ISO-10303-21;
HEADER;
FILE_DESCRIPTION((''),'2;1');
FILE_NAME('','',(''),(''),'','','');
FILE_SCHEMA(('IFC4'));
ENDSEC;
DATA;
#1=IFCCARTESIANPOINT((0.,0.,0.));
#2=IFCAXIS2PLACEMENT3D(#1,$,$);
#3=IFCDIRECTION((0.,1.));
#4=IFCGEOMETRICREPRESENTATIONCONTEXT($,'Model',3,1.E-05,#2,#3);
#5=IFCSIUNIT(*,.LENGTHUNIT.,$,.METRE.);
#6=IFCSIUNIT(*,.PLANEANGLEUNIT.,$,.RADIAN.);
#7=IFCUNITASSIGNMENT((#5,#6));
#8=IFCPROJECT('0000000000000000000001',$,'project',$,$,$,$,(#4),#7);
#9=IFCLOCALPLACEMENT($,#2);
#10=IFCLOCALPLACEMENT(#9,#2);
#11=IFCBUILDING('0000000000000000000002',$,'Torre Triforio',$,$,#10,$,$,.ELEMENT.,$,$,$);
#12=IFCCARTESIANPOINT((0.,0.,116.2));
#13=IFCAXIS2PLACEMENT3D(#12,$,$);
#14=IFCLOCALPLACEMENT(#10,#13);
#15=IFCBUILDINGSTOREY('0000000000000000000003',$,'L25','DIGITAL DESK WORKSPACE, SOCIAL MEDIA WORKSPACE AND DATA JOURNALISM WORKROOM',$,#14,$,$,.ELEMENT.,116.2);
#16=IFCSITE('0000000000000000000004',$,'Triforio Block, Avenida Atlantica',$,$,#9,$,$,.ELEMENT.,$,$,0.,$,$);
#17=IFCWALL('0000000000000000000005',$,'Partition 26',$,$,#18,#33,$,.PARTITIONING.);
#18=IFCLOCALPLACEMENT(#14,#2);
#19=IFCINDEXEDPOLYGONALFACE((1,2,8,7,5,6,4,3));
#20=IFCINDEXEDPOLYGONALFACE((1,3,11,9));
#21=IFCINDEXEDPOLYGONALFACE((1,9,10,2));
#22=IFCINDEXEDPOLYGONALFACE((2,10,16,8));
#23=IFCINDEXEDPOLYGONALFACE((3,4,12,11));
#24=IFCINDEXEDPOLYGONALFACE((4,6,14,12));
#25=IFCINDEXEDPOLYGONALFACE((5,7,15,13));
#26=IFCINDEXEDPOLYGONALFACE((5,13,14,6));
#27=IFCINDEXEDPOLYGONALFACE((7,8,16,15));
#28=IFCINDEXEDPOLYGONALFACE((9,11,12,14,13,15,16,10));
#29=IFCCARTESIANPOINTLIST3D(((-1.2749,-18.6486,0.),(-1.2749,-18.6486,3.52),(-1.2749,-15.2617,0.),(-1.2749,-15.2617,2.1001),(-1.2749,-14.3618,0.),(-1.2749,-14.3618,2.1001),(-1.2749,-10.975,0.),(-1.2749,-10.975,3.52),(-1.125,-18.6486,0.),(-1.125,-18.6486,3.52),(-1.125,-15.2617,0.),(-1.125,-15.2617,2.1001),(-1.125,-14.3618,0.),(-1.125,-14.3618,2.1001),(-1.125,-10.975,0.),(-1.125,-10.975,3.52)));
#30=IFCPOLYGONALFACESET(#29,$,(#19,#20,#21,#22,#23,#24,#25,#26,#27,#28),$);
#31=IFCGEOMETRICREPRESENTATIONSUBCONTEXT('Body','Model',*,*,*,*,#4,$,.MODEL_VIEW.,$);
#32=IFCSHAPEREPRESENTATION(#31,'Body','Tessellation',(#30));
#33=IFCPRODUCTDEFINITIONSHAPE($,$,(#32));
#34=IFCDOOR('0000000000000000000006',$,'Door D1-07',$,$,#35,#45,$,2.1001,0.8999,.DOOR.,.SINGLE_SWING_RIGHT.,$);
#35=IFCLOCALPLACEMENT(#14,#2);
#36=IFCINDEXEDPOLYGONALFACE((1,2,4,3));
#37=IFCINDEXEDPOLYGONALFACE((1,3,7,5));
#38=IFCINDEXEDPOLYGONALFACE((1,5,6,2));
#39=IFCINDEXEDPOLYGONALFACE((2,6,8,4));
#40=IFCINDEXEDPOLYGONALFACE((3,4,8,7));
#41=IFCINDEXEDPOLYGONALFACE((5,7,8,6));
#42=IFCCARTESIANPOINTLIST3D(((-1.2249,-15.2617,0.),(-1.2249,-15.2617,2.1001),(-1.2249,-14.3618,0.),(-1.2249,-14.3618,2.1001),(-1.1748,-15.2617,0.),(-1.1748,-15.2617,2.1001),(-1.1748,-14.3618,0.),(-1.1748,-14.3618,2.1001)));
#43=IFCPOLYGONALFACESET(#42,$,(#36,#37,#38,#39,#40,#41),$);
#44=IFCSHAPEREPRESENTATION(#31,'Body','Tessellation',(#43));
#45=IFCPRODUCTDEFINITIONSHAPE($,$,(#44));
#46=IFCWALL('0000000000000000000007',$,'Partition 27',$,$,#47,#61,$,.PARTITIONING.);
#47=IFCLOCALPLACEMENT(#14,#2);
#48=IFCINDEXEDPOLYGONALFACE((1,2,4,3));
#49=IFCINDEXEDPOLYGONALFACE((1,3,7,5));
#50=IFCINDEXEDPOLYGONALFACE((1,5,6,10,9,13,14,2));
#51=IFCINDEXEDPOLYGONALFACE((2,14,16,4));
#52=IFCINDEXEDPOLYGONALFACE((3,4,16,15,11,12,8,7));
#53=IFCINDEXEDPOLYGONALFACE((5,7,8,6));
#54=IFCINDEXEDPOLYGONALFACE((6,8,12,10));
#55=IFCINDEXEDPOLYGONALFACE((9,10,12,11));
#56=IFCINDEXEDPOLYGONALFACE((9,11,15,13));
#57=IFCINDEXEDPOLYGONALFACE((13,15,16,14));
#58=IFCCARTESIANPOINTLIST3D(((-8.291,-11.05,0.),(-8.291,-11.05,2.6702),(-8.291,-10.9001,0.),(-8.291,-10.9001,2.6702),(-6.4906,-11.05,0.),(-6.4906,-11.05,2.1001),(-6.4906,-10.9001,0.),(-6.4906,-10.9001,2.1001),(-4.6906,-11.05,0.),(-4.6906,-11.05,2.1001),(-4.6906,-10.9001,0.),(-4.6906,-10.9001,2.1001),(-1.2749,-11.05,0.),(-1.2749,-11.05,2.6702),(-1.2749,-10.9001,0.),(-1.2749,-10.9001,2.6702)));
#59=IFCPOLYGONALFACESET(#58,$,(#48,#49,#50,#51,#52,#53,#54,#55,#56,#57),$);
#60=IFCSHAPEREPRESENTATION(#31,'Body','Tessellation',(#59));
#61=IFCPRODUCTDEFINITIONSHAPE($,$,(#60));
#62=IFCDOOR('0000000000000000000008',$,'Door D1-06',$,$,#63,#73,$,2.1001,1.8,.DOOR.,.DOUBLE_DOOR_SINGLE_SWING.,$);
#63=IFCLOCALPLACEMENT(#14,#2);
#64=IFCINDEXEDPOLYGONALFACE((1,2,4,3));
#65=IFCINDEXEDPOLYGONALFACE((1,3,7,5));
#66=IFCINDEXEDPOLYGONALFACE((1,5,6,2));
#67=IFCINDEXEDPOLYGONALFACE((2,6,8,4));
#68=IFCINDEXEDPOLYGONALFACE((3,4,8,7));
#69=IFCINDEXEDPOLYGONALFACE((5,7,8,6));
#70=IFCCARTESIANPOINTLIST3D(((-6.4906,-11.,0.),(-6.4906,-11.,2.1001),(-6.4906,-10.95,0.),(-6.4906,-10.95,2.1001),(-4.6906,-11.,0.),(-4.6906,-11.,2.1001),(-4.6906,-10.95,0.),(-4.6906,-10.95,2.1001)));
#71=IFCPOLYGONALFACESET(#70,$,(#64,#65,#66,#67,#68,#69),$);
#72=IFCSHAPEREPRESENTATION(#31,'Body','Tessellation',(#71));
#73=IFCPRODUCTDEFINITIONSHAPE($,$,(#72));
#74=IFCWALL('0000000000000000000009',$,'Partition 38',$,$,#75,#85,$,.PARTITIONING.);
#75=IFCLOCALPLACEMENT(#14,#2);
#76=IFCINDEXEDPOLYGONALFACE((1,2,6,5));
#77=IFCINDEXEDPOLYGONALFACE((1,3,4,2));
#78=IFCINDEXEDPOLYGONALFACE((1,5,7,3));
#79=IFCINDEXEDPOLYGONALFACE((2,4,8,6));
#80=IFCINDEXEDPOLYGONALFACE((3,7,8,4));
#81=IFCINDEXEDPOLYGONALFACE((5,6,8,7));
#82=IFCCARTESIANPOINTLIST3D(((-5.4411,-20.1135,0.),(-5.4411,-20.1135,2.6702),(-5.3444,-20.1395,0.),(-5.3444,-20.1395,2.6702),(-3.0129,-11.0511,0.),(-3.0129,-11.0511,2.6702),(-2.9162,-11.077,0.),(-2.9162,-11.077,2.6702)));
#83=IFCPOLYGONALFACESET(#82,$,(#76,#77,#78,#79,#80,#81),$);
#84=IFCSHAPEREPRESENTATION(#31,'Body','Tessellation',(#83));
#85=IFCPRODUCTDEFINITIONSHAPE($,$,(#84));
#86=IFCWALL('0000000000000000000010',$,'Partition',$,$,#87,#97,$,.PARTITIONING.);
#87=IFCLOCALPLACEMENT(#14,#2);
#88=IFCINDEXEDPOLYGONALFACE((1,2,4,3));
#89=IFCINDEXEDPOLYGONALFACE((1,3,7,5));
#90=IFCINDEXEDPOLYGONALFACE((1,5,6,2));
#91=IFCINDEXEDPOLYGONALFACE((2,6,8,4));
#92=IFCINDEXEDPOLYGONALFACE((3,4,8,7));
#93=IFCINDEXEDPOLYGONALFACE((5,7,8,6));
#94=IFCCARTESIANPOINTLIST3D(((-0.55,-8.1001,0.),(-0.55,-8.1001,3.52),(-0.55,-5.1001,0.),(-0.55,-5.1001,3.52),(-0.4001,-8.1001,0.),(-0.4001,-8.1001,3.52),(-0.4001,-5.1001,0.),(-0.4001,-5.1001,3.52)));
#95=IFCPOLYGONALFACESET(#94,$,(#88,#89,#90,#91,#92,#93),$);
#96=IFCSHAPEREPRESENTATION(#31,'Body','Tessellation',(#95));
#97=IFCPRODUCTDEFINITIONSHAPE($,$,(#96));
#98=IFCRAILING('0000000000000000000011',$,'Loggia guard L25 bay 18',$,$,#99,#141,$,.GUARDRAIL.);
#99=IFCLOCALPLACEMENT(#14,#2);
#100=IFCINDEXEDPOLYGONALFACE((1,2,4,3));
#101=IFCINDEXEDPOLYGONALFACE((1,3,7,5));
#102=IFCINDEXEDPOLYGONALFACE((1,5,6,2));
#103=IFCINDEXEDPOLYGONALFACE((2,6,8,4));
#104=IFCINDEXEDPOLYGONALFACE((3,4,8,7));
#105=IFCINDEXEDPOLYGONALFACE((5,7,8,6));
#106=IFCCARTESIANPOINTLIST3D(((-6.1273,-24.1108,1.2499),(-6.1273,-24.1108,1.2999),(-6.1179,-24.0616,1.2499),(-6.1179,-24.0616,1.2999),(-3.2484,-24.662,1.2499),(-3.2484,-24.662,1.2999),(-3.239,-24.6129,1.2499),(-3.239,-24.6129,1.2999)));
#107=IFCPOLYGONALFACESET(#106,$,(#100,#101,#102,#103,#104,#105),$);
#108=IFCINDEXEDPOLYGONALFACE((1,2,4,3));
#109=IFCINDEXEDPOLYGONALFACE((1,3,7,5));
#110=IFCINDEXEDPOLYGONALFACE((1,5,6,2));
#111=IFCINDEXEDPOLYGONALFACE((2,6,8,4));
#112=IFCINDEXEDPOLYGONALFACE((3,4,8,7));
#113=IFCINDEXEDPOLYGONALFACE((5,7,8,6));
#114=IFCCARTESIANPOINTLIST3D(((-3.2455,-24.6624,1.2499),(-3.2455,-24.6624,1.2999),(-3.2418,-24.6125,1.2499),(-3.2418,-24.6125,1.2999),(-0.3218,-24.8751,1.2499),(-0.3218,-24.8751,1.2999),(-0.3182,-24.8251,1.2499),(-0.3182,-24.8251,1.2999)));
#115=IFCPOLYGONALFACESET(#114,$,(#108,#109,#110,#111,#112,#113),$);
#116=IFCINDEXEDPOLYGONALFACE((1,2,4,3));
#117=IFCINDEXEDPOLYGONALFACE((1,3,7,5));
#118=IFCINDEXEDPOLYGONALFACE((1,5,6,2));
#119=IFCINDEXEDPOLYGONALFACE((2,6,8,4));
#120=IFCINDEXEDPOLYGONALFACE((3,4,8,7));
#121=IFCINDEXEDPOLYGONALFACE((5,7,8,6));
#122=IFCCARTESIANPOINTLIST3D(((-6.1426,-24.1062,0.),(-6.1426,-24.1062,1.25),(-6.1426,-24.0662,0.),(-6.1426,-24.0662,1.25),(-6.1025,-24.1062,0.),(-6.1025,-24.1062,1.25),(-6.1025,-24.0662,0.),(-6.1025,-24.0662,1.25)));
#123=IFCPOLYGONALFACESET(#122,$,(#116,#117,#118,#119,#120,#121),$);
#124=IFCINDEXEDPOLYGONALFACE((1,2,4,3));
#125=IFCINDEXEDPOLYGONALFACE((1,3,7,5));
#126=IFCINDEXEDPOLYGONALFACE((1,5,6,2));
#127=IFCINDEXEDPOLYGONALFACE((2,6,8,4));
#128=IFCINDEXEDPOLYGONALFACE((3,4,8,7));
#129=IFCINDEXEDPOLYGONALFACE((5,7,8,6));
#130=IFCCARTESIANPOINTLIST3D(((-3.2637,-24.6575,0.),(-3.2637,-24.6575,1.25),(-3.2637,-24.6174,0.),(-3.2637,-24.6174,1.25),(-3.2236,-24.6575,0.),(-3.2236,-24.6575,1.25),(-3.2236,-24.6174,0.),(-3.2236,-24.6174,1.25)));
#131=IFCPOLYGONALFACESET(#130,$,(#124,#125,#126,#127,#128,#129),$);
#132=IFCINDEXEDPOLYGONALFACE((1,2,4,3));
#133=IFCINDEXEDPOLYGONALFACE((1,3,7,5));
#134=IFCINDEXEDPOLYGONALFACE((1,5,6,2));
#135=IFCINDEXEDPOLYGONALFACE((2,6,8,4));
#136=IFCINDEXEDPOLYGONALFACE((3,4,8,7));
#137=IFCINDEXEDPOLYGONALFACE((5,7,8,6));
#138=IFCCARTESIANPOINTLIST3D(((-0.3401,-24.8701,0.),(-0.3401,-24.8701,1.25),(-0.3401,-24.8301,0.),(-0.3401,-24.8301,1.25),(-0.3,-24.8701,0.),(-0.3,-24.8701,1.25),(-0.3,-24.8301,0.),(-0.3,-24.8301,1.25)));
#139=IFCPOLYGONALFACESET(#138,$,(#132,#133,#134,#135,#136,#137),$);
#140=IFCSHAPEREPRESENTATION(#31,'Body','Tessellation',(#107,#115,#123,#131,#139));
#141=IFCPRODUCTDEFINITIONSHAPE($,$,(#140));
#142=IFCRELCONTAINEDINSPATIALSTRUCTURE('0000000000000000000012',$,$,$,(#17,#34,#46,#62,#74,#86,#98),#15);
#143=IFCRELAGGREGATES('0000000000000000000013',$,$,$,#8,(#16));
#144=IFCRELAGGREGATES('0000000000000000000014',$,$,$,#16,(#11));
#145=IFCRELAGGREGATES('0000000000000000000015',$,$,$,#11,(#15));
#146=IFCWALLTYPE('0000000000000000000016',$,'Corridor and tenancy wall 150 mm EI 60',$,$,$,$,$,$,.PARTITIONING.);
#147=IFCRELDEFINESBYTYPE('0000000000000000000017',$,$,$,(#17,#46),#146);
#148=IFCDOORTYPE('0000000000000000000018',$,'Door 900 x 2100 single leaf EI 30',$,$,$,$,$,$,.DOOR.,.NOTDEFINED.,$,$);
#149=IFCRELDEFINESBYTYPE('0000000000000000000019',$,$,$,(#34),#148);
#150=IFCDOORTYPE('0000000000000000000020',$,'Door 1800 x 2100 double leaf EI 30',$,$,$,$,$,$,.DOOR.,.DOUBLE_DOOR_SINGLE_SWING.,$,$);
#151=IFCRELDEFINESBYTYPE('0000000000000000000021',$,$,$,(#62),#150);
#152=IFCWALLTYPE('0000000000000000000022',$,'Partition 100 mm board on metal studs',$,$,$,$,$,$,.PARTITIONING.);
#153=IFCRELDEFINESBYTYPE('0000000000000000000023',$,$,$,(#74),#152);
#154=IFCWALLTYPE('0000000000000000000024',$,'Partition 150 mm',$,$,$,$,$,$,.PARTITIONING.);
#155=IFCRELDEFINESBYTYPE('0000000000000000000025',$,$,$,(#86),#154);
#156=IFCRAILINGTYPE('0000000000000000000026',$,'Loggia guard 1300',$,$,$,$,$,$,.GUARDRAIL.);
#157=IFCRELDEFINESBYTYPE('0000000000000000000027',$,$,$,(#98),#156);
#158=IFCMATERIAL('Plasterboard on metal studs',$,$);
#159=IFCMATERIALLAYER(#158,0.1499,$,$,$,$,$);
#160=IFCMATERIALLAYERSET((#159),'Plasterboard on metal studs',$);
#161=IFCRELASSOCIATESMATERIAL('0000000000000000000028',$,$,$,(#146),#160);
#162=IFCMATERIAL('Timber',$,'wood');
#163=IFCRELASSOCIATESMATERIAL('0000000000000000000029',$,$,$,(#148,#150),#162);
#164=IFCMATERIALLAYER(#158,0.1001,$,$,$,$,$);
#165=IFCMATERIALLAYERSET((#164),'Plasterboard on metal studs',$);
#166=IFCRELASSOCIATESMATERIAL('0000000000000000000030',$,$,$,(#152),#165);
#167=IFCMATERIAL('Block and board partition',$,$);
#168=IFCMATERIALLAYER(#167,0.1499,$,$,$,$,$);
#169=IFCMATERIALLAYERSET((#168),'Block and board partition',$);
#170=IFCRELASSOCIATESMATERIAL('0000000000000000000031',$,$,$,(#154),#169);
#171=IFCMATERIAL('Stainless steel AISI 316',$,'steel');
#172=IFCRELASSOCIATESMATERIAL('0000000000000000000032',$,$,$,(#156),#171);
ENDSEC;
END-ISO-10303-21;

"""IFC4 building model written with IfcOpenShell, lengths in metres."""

from ifc_helpers import new_model, si_unit, direction, frame, frame_2d, origin, origin_2d, place, context, subcontext, project, spatial, rectangle, extrude, material, layer, layer_set, type_object, element, fill, save


model = new_model("IFC4")

# Units and contexts
model_context = context("Model", 3, precision=1e-05, world=origin(), true_north=direction((0.0, 1.0)))
body_context = subcontext(model_context, "Body", "Model", "MODEL_VIEW")
ifc_project = project(units=[si_unit("LENGTHUNIT", "METRE"), si_unit("PLANEANGLEUNIT", "RADIAN")], contexts=[model_context])

# Site, building, storey
site_placement = place(None, origin())
site = spatial("IfcSite", under=ifc_project, at=site_placement, Name="Triforio Block, Avenida Atlantica", CompositionType="ELEMENT", RefElevation=0.0)
building_placement = place(site_placement, origin())
building = spatial("IfcBuilding", under=site, at=building_placement, Name="Torre Triforio", CompositionType="ELEMENT")
storey_placement = place(building_placement, frame((0.0, 0.0, 116.2)))
storey = spatial("IfcBuildingStorey", under=building, at=storey_placement, Name="L25", Description="DIGITAL DESK WORKSPACE, SOCIAL MEDIA WORKSPACE AND DATA JOURNALISM WORKROOM", CompositionType="ELEMENT", Elevation=116.2)

# Walls, openings, doors
ifc_material_1 = material(Name="Plasterboard on metal studs")
ifc_layer_1 = layer(ifc_material_1, 0.1499)
ifc_layer_set_1 = layer_set([ifc_layer_1], Name="Plasterboard on metal studs")
wall_type_1 = type_object("IfcWallType", Name="Corridor and tenancy wall 150 mm EI 60", PredefinedType="PARTITIONING", material=ifc_layer_set_1)
wall_1_placement = place(storey_placement, frame((-1.2, -18.6487, 0.0), z_axis=(0.0, 0.0, 1.0), x_axis=(0.0, 1.0, 0.0)))
wall_1 = element("IfcWall", 1, at=wall_1_placement, inside=storey, type_object=wall_type_1, Name="Partition 26", PredefinedType="PARTITIONING", context=body_context, shape_type="SweptSolid", body=[
    extrude(rectangle(XDim=7.6736, YDim=0.1499, at=frame_2d((3.8369, 0.0))), origin(), (0.0, 0.0, 1.0), 3.52),
])
opening_1_placement = place(wall_1_placement, frame((3.387, 0.0, 0.0)))
opening_1 = element("IfcOpeningElement", 2, at=opening_1_placement, cuts=wall_1, PredefinedType="OPENING", context=body_context, shape_type="SweptSolid", body=[
    extrude(rectangle(XDim=0.8999, YDim=2.1001, at=frame_2d((0.45, 1.05))), frame((0.0, 0.085, 0.0), z_axis=(0.0, -1.0, 0.0), x_axis=(1.0, 0.0, 0.0)), (0.0, 0.0, 1.0), 0.1699),
])
ifc_material_2 = material(Name="Timber", Category="wood")
door_type_1 = type_object("IfcDoorType", Name="Door 900 x 2100 single leaf EI 30", OperationType="NOTDEFINED", PredefinedType="DOOR", material=ifc_material_2)
door_1_placement = place(opening_1_placement, origin())
door_1 = element("IfcDoor", 3, at=door_1_placement, inside=storey, type_object=door_type_1, Name="Door D1-07", OperationType="SINGLE_SWING_RIGHT", OverallHeight=2.1001, OverallWidth=0.8999, PredefinedType="DOOR", context=body_context, shape_type="SweptSolid", body=[
    extrude(rectangle(XDim=0.8999, YDim=2.1001, at=frame_2d((0.45, 1.05))), frame((0.0, 0.0249, 0.0), z_axis=(0.0, -1.0, 0.0), x_axis=(1.0, 0.0, 0.0)), (0.0, 0.0, 1.0), 0.05),
])
fill(opening_1, door_1)
wall_2_placement = place(storey_placement, frame((-1.2749, -10.9751, 0.0), z_axis=(0.0, 0.0, 1.0), x_axis=(-1.0, 0.0, 0.0)))
wall_2 = element("IfcWall", 4, at=wall_2_placement, inside=storey, type_object=wall_type_1, Name="Partition 27", PredefinedType="PARTITIONING", context=body_context, shape_type="SweptSolid", body=[
    extrude(rectangle(XDim=7.0161, YDim=0.1499, at=frame_2d((3.5081, 0.0))), origin(), (0.0, 0.0, 1.0), 2.6702),
])
opening_2_placement = place(wall_2_placement, frame((3.4158, 0.0, 0.0)))
opening_2 = element("IfcOpeningElement", 5, at=opening_2_placement, cuts=wall_2, PredefinedType="OPENING", context=body_context, shape_type="SweptSolid", body=[
    extrude(rectangle(XDim=1.8, YDim=2.1001, at=frame_2d((0.8999, 1.05))), frame((0.0, 0.085, 0.0), z_axis=(0.0, -1.0, 0.0), x_axis=(1.0, 0.0, 0.0)), (0.0, 0.0, 1.0), 0.1699),
])
door_type_2 = type_object("IfcDoorType", Name="Door 1800 x 2100 double leaf EI 30", OperationType="DOUBLE_DOOR_SINGLE_SWING", PredefinedType="DOOR", material=ifc_material_2)
door_2_placement = place(opening_2_placement, origin())
door_2 = element("IfcDoor", 6, at=door_2_placement, inside=storey, type_object=door_type_2, Name="Door D1-06", OperationType="DOUBLE_DOOR_SINGLE_SWING", OverallHeight=2.1001, OverallWidth=1.8, PredefinedType="DOOR", context=body_context, shape_type="SweptSolid", body=[
    extrude(rectangle(XDim=1.8, YDim=2.1001, at=frame_2d((0.8999, 1.05))), frame((0.0, 0.0249, 0.0), z_axis=(0.0, -1.0, 0.0), x_axis=(1.0, 0.0, 0.0)), (0.0, 0.0, 1.0), 0.05),
])
fill(opening_2, door_2)

# Walls
ifc_layer_2 = layer(ifc_material_1, 0.1001)
ifc_layer_set_2 = layer_set([ifc_layer_2], Name="Plasterboard on metal studs")
wall_type_2 = type_object("IfcWallType", Name="Partition 100 mm board on metal studs", PredefinedType="PARTITIONING", material=ifc_layer_set_2)
wall_3_placement = place(storey_placement, frame((-2.9646, -11.0642, 0.0), z_axis=(0.0, 0.0, 1.0), x_axis=(-0.258812, -0.965928, 0.0)))
element("IfcWall", 7, at=wall_3_placement, inside=storey, type_object=wall_type_2, Name="Partition 38", PredefinedType="PARTITIONING", context=body_context, shape_type="SweptSolid", body=[
    extrude(rectangle(XDim=9.3821, YDim=0.1001, at=frame_2d((4.6909, 0.0))), origin(), (0.0, 0.0, 1.0), 2.6702),
])
ifc_material_3 = material(Name="Block and board partition")
ifc_layer_3 = layer(ifc_material_3, 0.1499)
ifc_layer_set_3 = layer_set([ifc_layer_3], Name="Block and board partition")
wall_type_3 = type_object("IfcWallType", Name="Partition 150 mm", PredefinedType="PARTITIONING", material=ifc_layer_set_3)
wall_4_placement = place(storey_placement, frame((-0.4751, -8.1001, 0.0), z_axis=(0.0, 0.0, 1.0), x_axis=(0.0, 1.0, 0.0)))
element("IfcWall", 8, at=wall_4_placement, inside=storey, type_object=wall_type_3, Name="Partition", PredefinedType="PARTITIONING", context=body_context, shape_type="SweptSolid", body=[
    extrude(rectangle(XDim=3.0, YDim=0.1499, at=frame_2d((1.5, 0.0))), origin(), (0.0, 0.0, 1.0), 3.52),
])

# Railing
ifc_material_4 = material(Name="Stainless steel AISI 316", Category="steel")
railing_type = type_object("IfcRailingType", Name="Loggia guard 1300", PredefinedType="GUARDRAIL", material=ifc_material_4)
railing_placement = place(storey_placement, frame((-6.1226, -24.0862, 0.0)))
element("IfcRailing", 9, at=railing_placement, inside=storey, type_object=railing_type, Name="Loggia guard L25 bay 18", PredefinedType="GUARDRAIL", context=body_context, shape_type="SweptSolid", body=[
    extrude(rectangle(XDim=0.05, YDim=0.05, at=origin_2d()), frame((0.0, 0.0, 1.2749), z_axis=(0.982156, -0.188069, 0.0), x_axis=(0.188069, 0.982156, 0.0)), (0.0, 0.0, 1.0), 2.9312),
    extrude(rectangle(XDim=0.05, YDim=0.05, at=origin_2d()), frame((2.8789, -0.5513, 1.2749), z_axis=(0.997365, -0.072543, 0.0), x_axis=(0.072543, 0.997365, 0.0)), (0.0, 0.0, 1.0), 2.9314),
    extrude(rectangle(XDim=0.04, YDim=0.04, at=origin_2d()), origin(), (0.0, 0.0, 1.0), 1.25),
    extrude(rectangle(XDim=0.04, YDim=0.04, at=origin_2d()), frame((2.8789, -0.5513, 0.0)), (0.0, 0.0, 1.0), 1.25),
    extrude(rectangle(XDim=0.04, YDim=0.04, at=origin_2d()), frame((5.8025, -0.7639, 0.0)), (0.0, 0.0, 1.0), 1.25),
])

save(model, "model.ifc")
